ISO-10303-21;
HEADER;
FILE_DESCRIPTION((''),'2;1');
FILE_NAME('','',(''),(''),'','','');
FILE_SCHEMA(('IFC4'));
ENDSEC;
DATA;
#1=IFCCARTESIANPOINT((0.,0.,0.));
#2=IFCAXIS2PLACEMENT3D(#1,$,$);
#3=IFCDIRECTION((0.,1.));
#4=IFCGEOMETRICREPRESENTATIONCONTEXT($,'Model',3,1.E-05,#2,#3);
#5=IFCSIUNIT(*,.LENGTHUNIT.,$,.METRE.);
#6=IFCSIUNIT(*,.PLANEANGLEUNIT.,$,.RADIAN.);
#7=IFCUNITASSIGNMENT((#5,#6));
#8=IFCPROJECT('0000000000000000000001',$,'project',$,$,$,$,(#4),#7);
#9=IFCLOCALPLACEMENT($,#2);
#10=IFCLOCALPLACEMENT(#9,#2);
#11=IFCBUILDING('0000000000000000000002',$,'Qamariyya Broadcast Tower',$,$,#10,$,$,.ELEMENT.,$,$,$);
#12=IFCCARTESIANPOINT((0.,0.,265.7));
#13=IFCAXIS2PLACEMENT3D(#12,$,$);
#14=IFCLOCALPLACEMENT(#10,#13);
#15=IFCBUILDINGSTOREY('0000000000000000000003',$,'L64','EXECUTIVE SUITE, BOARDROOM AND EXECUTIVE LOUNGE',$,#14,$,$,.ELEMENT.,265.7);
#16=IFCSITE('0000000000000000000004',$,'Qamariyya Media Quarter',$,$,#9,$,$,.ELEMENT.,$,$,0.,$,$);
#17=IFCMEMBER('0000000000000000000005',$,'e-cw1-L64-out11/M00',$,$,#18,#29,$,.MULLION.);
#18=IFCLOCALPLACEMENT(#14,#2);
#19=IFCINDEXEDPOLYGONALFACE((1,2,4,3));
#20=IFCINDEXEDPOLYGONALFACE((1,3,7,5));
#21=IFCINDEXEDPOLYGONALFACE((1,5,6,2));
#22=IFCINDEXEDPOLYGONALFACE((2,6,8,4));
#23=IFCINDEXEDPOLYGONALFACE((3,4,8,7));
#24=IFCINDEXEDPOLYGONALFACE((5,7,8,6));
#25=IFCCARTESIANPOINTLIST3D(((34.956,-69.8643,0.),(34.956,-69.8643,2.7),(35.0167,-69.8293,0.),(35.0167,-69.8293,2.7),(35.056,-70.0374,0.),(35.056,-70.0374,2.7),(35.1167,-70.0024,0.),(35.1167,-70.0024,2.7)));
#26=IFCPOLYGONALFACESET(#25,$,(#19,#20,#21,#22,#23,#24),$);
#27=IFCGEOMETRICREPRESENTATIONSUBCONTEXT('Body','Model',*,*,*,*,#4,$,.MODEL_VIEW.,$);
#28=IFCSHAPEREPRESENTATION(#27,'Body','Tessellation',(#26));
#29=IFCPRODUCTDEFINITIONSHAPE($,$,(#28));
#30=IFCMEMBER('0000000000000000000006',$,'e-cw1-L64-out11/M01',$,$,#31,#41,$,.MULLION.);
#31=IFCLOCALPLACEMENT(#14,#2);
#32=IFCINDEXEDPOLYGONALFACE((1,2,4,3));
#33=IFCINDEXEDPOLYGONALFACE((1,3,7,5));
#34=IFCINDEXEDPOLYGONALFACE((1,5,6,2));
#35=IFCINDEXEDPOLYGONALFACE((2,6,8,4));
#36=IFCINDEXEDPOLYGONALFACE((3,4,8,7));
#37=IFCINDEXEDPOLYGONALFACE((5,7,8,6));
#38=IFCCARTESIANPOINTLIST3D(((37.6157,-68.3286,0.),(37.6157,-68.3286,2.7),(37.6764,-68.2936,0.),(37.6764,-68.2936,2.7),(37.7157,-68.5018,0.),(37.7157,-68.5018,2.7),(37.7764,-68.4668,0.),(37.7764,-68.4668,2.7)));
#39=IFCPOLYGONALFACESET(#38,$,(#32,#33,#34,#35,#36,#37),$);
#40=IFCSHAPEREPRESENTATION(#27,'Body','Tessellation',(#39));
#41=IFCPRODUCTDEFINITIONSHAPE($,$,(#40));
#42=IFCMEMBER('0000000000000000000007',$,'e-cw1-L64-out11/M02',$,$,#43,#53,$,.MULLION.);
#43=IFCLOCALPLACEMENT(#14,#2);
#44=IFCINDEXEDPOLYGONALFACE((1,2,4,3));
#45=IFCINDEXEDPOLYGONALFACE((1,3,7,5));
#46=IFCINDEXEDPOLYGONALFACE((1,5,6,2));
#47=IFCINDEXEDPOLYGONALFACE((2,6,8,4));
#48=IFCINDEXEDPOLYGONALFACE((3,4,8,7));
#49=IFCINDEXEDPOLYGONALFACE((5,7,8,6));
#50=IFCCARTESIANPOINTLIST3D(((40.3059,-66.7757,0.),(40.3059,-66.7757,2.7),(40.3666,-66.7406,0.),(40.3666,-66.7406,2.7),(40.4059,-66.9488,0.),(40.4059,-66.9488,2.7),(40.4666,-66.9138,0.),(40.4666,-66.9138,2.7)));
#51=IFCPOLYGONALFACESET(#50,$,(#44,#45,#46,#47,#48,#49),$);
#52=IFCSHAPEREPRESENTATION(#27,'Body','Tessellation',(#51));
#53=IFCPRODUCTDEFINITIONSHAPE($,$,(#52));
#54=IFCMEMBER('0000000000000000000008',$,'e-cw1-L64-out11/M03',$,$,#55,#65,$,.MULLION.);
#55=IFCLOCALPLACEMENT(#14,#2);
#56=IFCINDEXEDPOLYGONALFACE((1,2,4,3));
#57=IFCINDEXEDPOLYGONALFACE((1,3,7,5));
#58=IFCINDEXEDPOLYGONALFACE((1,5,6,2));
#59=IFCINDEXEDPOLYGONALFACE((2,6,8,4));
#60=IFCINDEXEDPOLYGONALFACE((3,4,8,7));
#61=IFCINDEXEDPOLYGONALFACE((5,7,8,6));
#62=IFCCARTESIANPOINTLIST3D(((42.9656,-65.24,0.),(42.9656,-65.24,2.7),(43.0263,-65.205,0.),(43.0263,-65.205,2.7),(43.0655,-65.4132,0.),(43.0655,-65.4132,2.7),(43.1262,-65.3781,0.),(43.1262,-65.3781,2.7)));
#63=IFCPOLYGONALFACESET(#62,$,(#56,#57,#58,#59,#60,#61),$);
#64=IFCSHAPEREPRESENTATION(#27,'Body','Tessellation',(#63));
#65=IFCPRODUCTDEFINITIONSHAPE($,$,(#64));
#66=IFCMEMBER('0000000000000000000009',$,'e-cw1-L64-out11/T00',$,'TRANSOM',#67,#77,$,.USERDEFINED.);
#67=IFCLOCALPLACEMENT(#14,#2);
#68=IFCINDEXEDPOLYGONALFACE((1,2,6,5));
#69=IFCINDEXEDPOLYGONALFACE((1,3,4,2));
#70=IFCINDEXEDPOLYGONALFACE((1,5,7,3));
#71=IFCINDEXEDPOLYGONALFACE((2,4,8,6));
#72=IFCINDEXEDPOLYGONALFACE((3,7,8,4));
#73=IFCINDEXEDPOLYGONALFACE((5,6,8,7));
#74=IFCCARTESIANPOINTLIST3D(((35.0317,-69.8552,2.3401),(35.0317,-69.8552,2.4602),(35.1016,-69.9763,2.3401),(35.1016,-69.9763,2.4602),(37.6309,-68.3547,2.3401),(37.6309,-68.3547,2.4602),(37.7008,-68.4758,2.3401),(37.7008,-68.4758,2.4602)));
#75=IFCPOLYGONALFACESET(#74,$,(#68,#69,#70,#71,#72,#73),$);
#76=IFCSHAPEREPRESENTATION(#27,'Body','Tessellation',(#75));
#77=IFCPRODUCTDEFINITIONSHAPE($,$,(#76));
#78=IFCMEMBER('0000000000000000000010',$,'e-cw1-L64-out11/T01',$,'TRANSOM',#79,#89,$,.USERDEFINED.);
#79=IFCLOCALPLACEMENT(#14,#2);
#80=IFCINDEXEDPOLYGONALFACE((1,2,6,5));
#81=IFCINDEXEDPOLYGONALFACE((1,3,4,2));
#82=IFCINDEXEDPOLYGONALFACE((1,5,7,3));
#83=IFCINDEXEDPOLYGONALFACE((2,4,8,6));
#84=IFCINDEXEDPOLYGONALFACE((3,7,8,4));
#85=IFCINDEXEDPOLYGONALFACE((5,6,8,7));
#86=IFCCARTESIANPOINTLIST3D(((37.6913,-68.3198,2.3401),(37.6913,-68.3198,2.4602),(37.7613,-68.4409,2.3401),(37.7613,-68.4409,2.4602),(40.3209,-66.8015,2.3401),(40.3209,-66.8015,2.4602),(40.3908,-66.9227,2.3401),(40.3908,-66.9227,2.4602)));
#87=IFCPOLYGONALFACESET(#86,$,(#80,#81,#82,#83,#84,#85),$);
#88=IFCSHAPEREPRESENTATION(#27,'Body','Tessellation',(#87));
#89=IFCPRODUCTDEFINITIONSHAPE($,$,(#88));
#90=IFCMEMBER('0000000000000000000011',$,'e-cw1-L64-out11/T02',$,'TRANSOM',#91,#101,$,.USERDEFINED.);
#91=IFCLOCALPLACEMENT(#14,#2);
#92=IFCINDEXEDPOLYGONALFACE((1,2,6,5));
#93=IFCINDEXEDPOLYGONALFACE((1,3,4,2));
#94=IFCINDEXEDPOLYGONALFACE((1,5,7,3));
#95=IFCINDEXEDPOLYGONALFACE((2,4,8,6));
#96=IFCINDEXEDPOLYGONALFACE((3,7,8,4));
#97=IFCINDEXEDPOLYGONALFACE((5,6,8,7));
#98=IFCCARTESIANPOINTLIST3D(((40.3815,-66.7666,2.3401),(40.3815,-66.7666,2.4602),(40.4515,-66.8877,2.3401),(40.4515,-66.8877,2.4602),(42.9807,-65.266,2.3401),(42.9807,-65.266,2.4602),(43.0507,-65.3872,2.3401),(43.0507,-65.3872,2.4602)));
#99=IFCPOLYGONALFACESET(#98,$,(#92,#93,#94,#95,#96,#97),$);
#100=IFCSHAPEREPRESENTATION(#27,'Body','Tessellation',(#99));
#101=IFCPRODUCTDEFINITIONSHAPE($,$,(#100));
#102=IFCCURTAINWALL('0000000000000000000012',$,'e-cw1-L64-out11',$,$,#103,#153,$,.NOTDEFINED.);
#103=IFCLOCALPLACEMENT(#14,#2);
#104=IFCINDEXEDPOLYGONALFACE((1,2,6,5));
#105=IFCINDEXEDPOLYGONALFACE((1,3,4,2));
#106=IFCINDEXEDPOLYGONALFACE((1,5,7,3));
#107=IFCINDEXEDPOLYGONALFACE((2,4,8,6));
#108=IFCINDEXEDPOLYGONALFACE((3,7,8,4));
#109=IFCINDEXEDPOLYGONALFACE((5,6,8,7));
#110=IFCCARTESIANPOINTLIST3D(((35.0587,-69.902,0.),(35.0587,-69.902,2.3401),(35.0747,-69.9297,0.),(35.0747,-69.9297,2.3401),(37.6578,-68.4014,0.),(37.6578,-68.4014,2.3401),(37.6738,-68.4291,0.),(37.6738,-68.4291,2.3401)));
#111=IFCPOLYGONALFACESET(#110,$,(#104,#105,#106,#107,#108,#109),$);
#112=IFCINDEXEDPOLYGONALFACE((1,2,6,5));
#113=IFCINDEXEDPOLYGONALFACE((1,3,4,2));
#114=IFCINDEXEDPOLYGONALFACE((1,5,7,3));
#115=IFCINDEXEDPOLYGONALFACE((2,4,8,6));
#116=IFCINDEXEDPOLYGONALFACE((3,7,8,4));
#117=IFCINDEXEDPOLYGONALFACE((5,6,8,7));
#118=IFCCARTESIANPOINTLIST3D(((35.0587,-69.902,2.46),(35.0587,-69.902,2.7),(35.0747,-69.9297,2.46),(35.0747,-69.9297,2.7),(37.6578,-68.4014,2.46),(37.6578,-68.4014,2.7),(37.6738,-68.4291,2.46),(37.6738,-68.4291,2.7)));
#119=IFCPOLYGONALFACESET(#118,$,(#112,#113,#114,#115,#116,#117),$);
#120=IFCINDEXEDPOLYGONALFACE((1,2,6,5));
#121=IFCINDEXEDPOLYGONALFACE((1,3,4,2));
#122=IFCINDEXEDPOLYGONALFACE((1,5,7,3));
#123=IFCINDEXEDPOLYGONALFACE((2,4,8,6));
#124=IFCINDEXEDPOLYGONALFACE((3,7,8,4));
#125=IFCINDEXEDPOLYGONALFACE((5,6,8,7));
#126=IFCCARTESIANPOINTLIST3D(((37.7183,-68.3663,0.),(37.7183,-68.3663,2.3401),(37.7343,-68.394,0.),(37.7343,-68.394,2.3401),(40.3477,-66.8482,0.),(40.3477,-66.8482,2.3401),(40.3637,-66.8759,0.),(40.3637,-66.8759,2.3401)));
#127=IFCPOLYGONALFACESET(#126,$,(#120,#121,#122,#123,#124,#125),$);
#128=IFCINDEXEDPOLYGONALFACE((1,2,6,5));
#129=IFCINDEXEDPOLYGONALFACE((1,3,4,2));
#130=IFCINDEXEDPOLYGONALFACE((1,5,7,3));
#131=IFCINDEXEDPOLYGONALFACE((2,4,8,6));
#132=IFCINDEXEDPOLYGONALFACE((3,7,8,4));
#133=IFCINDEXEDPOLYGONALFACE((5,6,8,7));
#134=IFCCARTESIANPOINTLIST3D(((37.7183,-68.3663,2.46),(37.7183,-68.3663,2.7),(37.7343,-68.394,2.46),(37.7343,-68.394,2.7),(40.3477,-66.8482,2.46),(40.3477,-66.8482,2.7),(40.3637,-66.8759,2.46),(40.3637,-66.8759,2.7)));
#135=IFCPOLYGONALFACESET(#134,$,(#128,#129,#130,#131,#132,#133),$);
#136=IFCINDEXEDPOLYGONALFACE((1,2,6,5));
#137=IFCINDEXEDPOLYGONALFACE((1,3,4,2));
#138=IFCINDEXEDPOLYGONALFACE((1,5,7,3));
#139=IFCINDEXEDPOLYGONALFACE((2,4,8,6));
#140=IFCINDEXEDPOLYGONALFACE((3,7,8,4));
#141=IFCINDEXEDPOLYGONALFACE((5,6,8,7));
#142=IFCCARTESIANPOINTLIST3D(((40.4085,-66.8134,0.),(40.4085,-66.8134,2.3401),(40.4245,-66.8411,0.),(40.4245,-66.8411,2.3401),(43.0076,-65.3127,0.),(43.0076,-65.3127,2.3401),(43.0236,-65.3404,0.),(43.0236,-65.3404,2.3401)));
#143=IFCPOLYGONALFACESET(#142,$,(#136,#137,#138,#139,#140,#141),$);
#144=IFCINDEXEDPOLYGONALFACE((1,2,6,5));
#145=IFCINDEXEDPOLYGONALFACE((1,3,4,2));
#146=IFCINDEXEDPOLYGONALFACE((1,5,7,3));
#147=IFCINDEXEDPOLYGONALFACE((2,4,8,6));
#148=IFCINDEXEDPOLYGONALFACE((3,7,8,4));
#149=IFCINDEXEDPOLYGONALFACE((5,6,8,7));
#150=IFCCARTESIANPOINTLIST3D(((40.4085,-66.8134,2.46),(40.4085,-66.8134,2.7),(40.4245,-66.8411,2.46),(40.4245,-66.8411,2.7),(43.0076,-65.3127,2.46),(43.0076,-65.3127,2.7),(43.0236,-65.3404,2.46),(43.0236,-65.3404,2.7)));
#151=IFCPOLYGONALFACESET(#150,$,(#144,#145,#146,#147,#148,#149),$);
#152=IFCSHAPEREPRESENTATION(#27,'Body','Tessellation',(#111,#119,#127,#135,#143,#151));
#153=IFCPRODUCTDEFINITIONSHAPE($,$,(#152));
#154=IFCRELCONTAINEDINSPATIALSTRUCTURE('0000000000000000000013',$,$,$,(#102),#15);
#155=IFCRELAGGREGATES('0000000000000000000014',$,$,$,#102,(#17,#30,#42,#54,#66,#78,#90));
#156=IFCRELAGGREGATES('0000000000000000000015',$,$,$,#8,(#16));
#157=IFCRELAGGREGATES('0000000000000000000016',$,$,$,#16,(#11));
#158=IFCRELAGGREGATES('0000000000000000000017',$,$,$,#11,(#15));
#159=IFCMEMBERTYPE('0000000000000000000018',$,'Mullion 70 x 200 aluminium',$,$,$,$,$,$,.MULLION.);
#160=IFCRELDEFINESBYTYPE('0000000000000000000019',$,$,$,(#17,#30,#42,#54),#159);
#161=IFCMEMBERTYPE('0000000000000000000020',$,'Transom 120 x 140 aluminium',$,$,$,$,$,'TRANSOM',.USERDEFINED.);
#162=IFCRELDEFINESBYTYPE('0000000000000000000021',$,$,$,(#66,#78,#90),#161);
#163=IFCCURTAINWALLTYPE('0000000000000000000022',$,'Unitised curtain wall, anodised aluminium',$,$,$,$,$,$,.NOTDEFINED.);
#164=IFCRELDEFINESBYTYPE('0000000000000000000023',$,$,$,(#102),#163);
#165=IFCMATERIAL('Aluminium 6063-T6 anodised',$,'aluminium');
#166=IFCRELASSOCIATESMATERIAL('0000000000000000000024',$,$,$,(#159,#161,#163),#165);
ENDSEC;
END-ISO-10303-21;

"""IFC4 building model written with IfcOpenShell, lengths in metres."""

from ifc_helpers import new_model, si_unit, direction, frame, origin, origin_2d, place, context, subcontext, project, spatial, rectangle, extrude, material, material_profile, profile_set, type_object, element, aggregate, save


model = new_model("IFC4")

# Units and contexts
model_context = context("Model", 3, precision=1e-05, world=origin(), true_north=direction((0.0, 1.0)))
body_context = subcontext(model_context, "Body", "Model", "MODEL_VIEW")
ifc_project = project(units=[si_unit("LENGTHUNIT", "METRE"), si_unit("PLANEANGLEUNIT", "RADIAN")], contexts=[model_context])

# Members
ifc_material = material(Name="Aluminium 6063-T6 anodised", Category="aluminium")
ifc_material_profile_1 = material_profile(ifc_material, rectangle(XDim=0.2, YDim=0.0701, at=origin_2d()))
ifc_profile_set_1 = profile_set([ifc_material_profile_1], Name="Aluminium 6063-T6 anodised")
member_type_1 = type_object("IfcMemberType", Name="Mullion 70 x 200 aluminium", PredefinedType="MULLION", material=ifc_profile_set_1)
site_placement = place(None, origin())
building_placement = place(site_placement, origin())
storey_placement = place(building_placement, frame((0.0, 0.0, 265.7)))
member_1_placement = place(storey_placement, frame((35.0364, -69.9333, 0.0), z_axis=(0.0, 0.0, 1.0), x_axis=(-0.5, 0.866025, 0.0)))
member_1 = element("IfcMember", 1, at=member_1_placement, type_object=member_type_1, Name="e-cw1-L64-out11/M00", PredefinedType="MULLION", context=body_context, shape_type="SweptSolid", body=[
    extrude(rectangle(XDim=0.2, YDim=0.0701, at=origin_2d()), origin(), (0.0, 0.0, 1.0), 2.7),
])
member_2_placement = place(storey_placement, frame((37.696, -68.3977, 0.0), z_axis=(0.0, 0.0, 1.0), x_axis=(-0.5, 0.866025, 0.0)))
member_2 = element("IfcMember", 2, at=member_2_placement, type_object=member_type_1, Name="e-cw1-L64-out11/M01", PredefinedType="MULLION", context=body_context, shape_type="SweptSolid", body=[
    extrude(rectangle(XDim=0.2, YDim=0.0701, at=origin_2d()), origin(), (0.0, 0.0, 1.0), 2.7),
])
member_3_placement = place(storey_placement, frame((40.3862, -66.8447, 0.0), z_axis=(0.0, 0.0, 1.0), x_axis=(-0.5, 0.866025, 0.0)))
member_3 = element("IfcMember", 3, at=member_3_placement, type_object=member_type_1, Name="e-cw1-L64-out11/M02", PredefinedType="MULLION", context=body_context, shape_type="SweptSolid", body=[
    extrude(rectangle(XDim=0.2, YDim=0.0701, at=origin_2d()), origin(), (0.0, 0.0, 1.0), 2.7),
])
member_4_placement = place(storey_placement, frame((43.0459, -65.3091, 0.0), z_axis=(0.0, 0.0, 1.0), x_axis=(-0.5, 0.866025, 0.0)))
member_4 = element("IfcMember", 4, at=member_4_placement, type_object=member_type_1, Name="e-cw1-L64-out11/M03", PredefinedType="MULLION", context=body_context, shape_type="SweptSolid", body=[
    extrude(rectangle(XDim=0.2, YDim=0.0701, at=origin_2d()), origin(), (0.0, 0.0, 1.0), 2.7),
])
ifc_material_profile_2 = material_profile(ifc_material, rectangle(XDim=0.1399, YDim=0.1201, at=origin_2d()))
ifc_profile_set_2 = profile_set([ifc_material_profile_2], Name="Aluminium 6063-T6 anodised")
member_type_2 = type_object("IfcMemberType", Name="Transom 120 x 140 aluminium", ElementType="TRANSOM", PredefinedType="USERDEFINED", material=ifc_profile_set_2)
member_5_placement = place(storey_placement, frame((35.0667, -69.9158, 2.4001), z_axis=(0.866042, 0.499971, 0.0), x_axis=(-0.499971, 0.866042, 0.0)))
member_5 = element("IfcMember", 5, at=member_5_placement, type_object=member_type_2, Name="e-cw1-L64-out11/T00", ObjectType="TRANSOM", PredefinedType="USERDEFINED", context=body_context, shape_type="SweptSolid", body=[
    extrude(rectangle(XDim=0.1399, YDim=0.1201, at=origin_2d()), origin(), (0.0, 0.0, 1.0), 3.0012),
])
member_6_placement = place(storey_placement, frame((37.7263, -68.3804, 2.4001), z_axis=(0.866013, 0.500022, 0.0), x_axis=(-0.500022, 0.866013, 0.0)))
member_6 = element("IfcMember", 6, at=member_6_placement, type_object=member_type_2, Name="e-cw1-L64-out11/T01", ObjectType="TRANSOM", PredefinedType="USERDEFINED", context=body_context, shape_type="SweptSolid", body=[
    extrude(rectangle(XDim=0.1399, YDim=0.1201, at=origin_2d()), origin(), (0.0, 0.0, 1.0), 3.0364),
])
member_7_placement = place(storey_placement, frame((40.4165, -66.8271, 2.4001), z_axis=(0.866042, 0.499971, 0.0), x_axis=(-0.499971, 0.866042, 0.0)))
member_7 = element("IfcMember", 7, at=member_7_placement, type_object=member_type_2, Name="e-cw1-L64-out11/T02", ObjectType="TRANSOM", PredefinedType="USERDEFINED", context=body_context, shape_type="SweptSolid", body=[
    extrude(rectangle(XDim=0.1399, YDim=0.1201, at=origin_2d()), origin(), (0.0, 0.0, 1.0), 3.0012),
])

# Site, building, storey
site = spatial("IfcSite", under=ifc_project, at=site_placement, Name="Qamariyya Media Quarter", CompositionType="ELEMENT", RefElevation=0.0)
building = spatial("IfcBuilding", under=site, at=building_placement, Name="Qamariyya Broadcast Tower", CompositionType="ELEMENT")
storey = spatial("IfcBuildingStorey", under=building, at=storey_placement, Name="L64", Description="EXECUTIVE SUITE, BOARDROOM AND EXECUTIVE LOUNGE", CompositionType="ELEMENT", Elevation=265.7)

# Curtain wall
curtain_wall_type = type_object("IfcCurtainWallType", Name="Unitised curtain wall, anodised aluminium", PredefinedType="NOTDEFINED", material=ifc_material)
curtain_wall_1_placement = place(storey_placement, origin())
curtain_wall_1 = element("IfcCurtainWall", 8, at=curtain_wall_1_placement, inside=storey, type_object=curtain_wall_type, Name="e-cw1-L64-out11", PredefinedType="NOTDEFINED", context=body_context, shape_type="SweptSolid", body=[
    extrude(rectangle(XDim=3.0012, YDim=0.032, at=origin_2d()), frame((36.3662, -69.1655, 0.0), x_axis=(0.866018, 0.500013, 0.0)), (0.0, 0.0, 1.0), 2.3401),
    extrude(rectangle(XDim=3.0012, YDim=0.032, at=origin_2d()), frame((36.3662, -69.1655, 2.46), x_axis=(0.866018, 0.500013, 0.0)), (0.0, 0.0, 1.0), 0.24),
    extrude(rectangle(XDim=3.0361, YDim=0.032, at=origin_2d()), frame((39.041, -67.6211, 0.0), x_axis=(0.866018, 0.500013, 0.0)), (0.0, 0.0, 1.0), 2.3401),
    extrude(rectangle(XDim=3.0361, YDim=0.032, at=origin_2d()), frame((39.041, -67.6211, 2.46), x_axis=(0.866018, 0.500013, 0.0)), (0.0, 0.0, 1.0), 0.24),
    extrude(rectangle(XDim=3.0012, YDim=0.032, at=origin_2d()), frame((41.7161, -66.0769, 0.0), x_axis=(0.866018, 0.500013, 0.0)), (0.0, 0.0, 1.0), 2.3401),
    extrude(rectangle(XDim=3.0012, YDim=0.032, at=origin_2d()), frame((41.7161, -66.0769, 2.46), x_axis=(0.866018, 0.500013, 0.0)), (0.0, 0.0, 1.0), 0.24),
])
aggregate(curtain_wall_1, [member_1, member_2, member_3, member_4, member_5, member_6, member_7])

save(model, "model.ifc")
